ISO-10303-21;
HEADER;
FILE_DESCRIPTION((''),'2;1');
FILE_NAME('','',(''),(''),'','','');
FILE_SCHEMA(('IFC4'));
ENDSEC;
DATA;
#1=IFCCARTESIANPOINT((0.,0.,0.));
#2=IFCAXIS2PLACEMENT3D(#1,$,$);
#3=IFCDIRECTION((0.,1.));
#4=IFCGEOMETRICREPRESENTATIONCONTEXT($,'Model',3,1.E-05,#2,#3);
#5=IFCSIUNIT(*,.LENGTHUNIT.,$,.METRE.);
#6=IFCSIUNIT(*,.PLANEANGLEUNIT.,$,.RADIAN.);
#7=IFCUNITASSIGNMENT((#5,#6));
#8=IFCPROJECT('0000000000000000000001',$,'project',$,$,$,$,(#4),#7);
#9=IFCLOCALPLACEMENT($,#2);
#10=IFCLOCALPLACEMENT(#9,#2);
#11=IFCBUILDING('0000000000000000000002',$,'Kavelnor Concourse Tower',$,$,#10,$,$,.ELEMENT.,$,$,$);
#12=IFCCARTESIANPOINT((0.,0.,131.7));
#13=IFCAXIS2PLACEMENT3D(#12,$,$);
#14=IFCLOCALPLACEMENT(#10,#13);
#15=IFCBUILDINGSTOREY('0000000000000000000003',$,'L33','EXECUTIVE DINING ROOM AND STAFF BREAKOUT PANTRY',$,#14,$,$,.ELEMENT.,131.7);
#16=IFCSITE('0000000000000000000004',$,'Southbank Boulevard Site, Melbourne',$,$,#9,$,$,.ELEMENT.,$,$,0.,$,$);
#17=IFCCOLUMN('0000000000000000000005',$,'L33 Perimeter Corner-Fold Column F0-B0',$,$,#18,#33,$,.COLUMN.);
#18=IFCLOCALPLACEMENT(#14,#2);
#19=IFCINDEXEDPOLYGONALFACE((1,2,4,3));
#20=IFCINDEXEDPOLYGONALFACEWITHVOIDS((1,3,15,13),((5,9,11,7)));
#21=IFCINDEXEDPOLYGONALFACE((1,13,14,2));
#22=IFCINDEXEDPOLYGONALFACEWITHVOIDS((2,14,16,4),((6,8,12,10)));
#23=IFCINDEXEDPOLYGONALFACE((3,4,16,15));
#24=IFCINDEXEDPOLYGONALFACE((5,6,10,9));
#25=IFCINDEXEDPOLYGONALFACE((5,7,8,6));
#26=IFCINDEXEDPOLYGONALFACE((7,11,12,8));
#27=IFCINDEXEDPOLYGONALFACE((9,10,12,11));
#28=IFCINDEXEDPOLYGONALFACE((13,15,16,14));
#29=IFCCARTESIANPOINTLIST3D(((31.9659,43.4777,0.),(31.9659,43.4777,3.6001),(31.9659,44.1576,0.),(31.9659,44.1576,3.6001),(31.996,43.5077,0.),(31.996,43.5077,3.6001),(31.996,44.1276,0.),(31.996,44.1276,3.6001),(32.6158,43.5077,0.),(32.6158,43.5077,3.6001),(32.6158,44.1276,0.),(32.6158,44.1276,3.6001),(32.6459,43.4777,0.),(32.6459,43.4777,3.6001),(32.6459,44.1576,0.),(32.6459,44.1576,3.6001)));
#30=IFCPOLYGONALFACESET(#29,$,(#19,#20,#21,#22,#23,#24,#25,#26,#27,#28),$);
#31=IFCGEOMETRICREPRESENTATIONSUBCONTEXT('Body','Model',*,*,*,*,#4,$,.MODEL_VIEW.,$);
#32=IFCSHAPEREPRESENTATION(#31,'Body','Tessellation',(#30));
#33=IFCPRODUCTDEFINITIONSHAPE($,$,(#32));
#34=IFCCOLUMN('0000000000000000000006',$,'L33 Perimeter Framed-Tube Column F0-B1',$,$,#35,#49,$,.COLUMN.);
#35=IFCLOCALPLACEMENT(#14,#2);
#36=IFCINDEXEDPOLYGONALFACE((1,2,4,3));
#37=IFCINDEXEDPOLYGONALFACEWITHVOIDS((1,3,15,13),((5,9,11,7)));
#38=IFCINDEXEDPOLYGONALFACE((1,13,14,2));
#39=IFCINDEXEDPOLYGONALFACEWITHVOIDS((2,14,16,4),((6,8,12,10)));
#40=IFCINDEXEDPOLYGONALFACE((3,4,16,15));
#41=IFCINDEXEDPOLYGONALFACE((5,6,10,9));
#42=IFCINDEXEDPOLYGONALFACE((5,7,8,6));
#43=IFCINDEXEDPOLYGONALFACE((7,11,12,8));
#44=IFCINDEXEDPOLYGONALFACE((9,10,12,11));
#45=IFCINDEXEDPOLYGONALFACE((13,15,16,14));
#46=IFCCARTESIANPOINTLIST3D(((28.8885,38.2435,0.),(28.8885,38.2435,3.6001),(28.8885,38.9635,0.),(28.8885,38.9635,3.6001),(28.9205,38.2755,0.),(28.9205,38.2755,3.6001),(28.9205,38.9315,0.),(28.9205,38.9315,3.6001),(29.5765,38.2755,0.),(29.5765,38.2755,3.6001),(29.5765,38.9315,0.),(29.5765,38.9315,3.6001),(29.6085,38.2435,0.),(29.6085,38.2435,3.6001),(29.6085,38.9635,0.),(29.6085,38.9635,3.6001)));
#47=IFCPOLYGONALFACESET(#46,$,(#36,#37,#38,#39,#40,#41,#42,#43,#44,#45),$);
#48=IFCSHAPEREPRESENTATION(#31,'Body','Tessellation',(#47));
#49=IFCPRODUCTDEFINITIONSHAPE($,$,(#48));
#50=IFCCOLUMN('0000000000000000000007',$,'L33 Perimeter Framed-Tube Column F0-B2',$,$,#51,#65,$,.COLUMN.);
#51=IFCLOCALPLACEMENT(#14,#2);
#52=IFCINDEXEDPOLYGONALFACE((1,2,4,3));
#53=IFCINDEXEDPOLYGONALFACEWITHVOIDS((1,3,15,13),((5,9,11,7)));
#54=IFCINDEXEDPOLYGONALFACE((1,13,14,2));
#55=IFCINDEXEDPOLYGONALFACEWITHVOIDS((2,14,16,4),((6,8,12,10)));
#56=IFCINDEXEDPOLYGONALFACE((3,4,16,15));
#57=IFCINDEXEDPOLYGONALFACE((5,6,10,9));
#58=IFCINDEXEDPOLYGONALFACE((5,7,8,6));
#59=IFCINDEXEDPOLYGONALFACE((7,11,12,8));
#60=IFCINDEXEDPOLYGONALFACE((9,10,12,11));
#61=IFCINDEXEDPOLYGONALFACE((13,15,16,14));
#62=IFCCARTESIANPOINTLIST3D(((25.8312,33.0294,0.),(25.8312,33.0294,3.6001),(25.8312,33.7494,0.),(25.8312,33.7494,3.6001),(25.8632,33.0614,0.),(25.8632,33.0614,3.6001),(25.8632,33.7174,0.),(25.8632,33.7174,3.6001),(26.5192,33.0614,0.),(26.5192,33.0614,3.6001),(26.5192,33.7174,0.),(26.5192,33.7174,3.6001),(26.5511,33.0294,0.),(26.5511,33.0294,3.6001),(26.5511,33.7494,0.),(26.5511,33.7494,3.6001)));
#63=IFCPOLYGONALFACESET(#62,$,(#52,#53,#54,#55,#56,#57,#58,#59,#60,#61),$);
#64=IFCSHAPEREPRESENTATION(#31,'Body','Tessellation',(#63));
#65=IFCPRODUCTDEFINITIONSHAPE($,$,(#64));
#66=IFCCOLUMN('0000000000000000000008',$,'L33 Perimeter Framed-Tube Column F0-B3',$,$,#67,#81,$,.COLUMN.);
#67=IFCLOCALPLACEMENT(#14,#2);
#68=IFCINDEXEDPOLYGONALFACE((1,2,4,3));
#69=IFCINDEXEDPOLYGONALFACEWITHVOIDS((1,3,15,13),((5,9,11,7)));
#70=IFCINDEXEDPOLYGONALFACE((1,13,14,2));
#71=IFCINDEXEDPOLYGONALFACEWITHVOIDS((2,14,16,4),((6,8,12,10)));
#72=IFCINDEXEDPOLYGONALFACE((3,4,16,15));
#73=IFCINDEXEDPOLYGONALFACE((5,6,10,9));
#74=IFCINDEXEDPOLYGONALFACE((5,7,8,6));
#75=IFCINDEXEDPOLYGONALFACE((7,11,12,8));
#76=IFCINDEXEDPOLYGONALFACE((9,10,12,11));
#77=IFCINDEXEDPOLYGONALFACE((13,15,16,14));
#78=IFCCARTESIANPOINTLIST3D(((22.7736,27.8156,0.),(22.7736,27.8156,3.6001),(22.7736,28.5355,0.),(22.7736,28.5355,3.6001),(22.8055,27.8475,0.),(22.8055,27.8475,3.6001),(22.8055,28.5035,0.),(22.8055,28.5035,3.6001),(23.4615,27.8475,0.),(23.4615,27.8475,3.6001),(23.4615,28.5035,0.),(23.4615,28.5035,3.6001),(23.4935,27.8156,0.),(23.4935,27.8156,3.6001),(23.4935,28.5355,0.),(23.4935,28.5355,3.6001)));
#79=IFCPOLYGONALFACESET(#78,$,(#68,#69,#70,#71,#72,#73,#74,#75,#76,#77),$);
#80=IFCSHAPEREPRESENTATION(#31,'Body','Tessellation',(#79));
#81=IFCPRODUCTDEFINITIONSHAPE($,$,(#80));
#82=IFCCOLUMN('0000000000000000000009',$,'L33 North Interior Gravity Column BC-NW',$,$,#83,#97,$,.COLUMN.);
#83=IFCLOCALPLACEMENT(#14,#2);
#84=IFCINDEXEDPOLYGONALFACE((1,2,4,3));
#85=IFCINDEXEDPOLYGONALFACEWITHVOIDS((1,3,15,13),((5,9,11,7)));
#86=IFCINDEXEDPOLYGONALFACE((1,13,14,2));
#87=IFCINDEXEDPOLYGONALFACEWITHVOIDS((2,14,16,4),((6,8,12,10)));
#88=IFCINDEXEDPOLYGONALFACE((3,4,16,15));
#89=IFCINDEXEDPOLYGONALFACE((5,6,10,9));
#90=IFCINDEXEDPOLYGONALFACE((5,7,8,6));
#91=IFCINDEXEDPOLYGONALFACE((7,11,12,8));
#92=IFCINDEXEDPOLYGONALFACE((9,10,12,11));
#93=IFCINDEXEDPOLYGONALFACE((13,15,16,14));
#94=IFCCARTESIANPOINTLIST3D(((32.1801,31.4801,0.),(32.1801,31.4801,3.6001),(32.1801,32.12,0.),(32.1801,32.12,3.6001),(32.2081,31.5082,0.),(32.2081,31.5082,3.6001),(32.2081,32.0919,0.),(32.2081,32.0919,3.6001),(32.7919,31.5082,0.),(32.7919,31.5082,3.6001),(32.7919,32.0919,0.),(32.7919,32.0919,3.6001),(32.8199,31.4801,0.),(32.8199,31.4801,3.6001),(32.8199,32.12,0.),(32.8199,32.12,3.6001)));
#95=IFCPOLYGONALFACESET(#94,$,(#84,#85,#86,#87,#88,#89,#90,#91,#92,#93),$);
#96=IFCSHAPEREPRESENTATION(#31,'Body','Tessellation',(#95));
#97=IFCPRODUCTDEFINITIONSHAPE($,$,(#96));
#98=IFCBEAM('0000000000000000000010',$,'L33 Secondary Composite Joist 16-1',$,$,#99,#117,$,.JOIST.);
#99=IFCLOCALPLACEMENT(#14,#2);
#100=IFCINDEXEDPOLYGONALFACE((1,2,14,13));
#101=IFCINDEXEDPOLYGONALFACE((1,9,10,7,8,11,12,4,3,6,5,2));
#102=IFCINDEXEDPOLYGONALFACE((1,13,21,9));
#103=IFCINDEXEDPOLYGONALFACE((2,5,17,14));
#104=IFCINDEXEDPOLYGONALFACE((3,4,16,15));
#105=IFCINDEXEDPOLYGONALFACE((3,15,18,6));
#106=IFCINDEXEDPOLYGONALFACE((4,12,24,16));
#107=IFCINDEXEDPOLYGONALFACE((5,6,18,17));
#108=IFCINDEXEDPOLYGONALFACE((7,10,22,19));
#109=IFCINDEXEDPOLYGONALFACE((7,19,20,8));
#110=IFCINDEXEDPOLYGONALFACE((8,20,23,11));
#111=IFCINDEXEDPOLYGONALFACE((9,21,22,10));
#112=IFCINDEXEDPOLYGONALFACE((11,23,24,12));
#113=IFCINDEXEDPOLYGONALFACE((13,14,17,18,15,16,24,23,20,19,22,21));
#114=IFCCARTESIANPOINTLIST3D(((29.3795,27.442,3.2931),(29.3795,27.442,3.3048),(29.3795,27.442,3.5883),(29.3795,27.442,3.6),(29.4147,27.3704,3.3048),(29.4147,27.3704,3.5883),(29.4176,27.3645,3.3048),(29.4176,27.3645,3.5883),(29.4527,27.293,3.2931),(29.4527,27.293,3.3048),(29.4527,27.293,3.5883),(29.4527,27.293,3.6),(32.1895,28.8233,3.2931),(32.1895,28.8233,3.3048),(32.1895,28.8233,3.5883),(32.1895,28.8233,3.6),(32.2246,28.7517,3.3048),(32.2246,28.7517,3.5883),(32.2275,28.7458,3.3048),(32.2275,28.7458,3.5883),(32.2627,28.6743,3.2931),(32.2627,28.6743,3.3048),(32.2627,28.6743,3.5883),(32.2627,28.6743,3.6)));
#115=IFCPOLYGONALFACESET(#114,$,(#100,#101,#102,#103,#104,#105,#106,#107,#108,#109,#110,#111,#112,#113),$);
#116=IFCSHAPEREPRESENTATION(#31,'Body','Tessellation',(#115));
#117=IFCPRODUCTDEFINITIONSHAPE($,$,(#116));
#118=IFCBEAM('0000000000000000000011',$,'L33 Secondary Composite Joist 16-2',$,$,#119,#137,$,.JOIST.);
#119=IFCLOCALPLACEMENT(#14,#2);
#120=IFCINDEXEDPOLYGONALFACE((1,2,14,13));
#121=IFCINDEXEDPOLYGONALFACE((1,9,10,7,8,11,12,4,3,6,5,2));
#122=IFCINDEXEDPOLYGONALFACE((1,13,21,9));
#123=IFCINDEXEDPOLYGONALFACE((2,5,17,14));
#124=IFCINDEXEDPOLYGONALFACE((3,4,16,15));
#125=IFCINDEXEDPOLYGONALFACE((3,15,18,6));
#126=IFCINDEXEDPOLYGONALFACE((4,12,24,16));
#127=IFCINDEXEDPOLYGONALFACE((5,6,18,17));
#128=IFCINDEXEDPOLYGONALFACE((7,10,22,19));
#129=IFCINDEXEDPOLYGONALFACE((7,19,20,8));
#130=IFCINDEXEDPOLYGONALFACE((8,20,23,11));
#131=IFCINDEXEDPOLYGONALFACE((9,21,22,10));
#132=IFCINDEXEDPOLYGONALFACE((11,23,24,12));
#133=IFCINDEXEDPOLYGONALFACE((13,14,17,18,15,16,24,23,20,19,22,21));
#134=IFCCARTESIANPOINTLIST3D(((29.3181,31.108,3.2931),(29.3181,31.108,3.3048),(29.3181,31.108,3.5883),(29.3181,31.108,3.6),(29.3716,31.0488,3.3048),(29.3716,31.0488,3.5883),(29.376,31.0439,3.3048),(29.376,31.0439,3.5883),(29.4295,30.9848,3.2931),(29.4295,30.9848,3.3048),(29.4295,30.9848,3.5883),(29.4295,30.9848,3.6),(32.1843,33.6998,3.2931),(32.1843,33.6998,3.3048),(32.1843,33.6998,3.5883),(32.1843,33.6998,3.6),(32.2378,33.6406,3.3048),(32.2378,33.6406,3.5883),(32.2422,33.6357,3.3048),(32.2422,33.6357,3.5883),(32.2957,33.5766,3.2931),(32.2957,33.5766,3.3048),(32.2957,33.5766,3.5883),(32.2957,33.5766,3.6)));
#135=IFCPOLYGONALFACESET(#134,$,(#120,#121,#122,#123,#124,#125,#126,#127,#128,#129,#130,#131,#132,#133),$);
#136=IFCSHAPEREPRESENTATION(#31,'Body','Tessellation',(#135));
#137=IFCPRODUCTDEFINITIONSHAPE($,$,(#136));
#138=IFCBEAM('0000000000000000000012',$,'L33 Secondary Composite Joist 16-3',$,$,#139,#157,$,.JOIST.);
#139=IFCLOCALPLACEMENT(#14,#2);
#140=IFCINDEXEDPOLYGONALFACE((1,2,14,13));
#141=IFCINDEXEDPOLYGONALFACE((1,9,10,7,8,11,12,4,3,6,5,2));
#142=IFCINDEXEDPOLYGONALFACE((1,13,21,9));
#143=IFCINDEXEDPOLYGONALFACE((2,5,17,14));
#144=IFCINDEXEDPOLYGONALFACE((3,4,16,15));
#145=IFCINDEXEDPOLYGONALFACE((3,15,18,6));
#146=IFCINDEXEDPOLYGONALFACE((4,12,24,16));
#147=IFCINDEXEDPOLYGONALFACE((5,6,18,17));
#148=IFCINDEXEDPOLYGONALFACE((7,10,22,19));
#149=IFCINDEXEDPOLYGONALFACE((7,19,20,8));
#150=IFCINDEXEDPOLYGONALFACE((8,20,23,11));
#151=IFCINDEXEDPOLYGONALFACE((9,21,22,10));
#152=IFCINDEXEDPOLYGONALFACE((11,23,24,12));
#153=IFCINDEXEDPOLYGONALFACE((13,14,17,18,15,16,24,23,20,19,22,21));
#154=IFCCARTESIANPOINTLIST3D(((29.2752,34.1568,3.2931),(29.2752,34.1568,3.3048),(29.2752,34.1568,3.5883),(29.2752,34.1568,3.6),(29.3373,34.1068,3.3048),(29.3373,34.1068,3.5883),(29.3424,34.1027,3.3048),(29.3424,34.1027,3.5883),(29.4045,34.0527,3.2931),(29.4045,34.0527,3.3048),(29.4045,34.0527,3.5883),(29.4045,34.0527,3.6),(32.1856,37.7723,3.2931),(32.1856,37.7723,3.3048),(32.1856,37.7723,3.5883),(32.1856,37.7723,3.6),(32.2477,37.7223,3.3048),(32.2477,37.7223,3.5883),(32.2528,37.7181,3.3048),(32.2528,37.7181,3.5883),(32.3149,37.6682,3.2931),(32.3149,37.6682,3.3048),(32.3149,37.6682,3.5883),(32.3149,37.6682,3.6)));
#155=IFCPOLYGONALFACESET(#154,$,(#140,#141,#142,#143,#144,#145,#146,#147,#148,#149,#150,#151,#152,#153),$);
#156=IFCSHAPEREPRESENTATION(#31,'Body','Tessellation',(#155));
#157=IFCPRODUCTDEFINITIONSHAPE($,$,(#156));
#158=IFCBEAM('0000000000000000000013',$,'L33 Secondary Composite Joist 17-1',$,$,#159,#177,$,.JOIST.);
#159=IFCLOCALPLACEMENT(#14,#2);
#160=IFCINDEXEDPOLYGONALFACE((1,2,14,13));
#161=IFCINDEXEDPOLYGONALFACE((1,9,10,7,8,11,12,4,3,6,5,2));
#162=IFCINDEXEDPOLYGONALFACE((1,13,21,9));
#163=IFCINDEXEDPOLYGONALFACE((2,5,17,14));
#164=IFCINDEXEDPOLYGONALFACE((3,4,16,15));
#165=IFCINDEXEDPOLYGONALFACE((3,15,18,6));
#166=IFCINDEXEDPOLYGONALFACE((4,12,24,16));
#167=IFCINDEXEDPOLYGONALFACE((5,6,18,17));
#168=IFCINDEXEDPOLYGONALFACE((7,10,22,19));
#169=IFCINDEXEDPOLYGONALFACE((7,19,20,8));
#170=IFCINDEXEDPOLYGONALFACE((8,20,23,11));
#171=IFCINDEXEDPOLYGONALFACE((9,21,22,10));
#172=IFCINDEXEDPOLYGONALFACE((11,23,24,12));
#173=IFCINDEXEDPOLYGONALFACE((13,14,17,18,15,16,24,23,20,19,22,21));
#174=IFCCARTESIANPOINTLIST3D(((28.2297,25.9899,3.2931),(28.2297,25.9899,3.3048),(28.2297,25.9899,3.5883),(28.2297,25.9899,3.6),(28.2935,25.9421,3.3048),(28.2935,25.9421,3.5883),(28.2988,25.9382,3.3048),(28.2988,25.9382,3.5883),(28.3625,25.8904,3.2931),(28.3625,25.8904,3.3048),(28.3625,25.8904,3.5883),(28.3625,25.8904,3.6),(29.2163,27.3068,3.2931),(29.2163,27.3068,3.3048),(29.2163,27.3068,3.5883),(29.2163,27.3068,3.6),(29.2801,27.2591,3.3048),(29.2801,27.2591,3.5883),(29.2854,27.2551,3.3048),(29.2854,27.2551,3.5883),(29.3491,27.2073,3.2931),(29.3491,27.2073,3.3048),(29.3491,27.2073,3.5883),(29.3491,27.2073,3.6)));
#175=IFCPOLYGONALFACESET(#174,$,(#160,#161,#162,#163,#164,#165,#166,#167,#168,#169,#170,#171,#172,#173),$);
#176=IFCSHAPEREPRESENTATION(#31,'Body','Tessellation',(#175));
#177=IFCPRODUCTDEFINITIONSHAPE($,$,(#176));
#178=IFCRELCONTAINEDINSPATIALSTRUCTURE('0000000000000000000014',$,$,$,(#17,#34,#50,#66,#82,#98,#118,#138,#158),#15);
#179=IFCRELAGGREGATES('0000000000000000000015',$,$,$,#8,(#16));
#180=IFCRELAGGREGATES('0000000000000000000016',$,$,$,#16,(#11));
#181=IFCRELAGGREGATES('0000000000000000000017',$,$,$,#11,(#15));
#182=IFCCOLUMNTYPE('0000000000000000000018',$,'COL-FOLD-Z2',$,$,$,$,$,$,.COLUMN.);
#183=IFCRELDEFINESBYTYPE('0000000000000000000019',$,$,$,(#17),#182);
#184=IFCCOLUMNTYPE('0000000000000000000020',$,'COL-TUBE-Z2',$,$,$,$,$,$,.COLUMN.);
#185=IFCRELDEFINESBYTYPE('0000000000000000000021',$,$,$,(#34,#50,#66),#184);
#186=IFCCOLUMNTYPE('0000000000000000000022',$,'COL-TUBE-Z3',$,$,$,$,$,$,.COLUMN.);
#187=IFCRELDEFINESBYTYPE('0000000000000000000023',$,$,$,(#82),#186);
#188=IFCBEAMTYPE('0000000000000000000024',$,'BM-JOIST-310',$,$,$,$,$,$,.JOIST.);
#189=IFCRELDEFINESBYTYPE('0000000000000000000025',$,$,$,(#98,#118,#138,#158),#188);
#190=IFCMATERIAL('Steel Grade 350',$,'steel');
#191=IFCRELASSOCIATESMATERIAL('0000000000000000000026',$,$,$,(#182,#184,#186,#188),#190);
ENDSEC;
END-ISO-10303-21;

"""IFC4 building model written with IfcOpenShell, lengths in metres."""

from ifc_helpers import new_model, si_unit, direction, frame, origin, origin_2d, place, context, subcontext, project, spatial, hollow_rectangle, i_section, extrude, material, material_profile, profile_set, type_object, element, save


model = new_model("IFC4")

# Units and contexts
model_context = context("Model", 3, precision=1e-05, world=origin(), true_north=direction((0.0, 1.0)))
body_context = subcontext(model_context, "Body", "Model", "MODEL_VIEW")
ifc_project = project(units=[si_unit("LENGTHUNIT", "METRE"), si_unit("PLANEANGLEUNIT", "RADIAN")], contexts=[model_context])

# Site, building, storey
site_placement = place(None, origin())
site = spatial("IfcSite", under=ifc_project, at=site_placement, Name="Southbank Boulevard Site, Melbourne", CompositionType="ELEMENT", RefElevation=0.0)
building_placement = place(site_placement, origin())
building = spatial("IfcBuilding", under=site, at=building_placement, Name="Kavelnor Concourse Tower", CompositionType="ELEMENT")
storey_placement = place(building_placement, frame((0.0, 0.0, 131.7)))
storey = spatial("IfcBuildingStorey", under=building, at=storey_placement, Name="L33", Description="EXECUTIVE DINING ROOM AND STAFF BREAKOUT PANTRY", CompositionType="ELEMENT", Elevation=131.7)

# Columns
ifc_material_1 = material(Name="Steel Grade 350", Category="steel")
ifc_material_profile_1 = material_profile(ifc_material_1, hollow_rectangle(XDim=0.6799, YDim=0.6799, WallThickness=0.03, at=origin_2d()), Name="SHS 680x680x30")
ifc_profile_set_1 = profile_set([ifc_material_profile_1], Name="Steel Grade 350")
column_type_1 = type_object("IfcColumnType", Name="COL-FOLD-Z2", PredefinedType="COLUMN", material=ifc_profile_set_1)
column_1_placement = place(storey_placement, frame((32.3059, 43.8176, 0.0), z_axis=(0.0, 0.0, 1.0), x_axis=(1.0, 0.0, 0.0)))
element("IfcColumn", 1, at=column_1_placement, inside=storey, type_object=column_type_1, Name="L33 Perimeter Corner-Fold Column F0-B0", PredefinedType="COLUMN", context=body_context, shape_type="SweptSolid", body=[
    extrude(hollow_rectangle(XDim=0.6799, YDim=0.6799, WallThickness=0.03, at=origin_2d()), origin(), (0.0, 0.0, 1.0), 3.6001),
])
ifc_material_profile_2 = material_profile(ifc_material_1, hollow_rectangle(XDim=0.72, YDim=0.72, WallThickness=0.032, at=origin_2d()), Name="SHS 720x720x32")
ifc_profile_set_2 = profile_set([ifc_material_profile_2], Name="Steel Grade 350")
column_type_2 = type_object("IfcColumnType", Name="COL-TUBE-Z2", PredefinedType="COLUMN", material=ifc_profile_set_2)
for number, where, z_axis, x_axis, name in (
    (2, (29.2485, 38.6035, 0.0), (0.0, 0.0, 1.0), (1.0, 0.0, 0.0), "L33 Perimeter Framed-Tube Column F0-B1"),
    (3, (26.1912, 33.3894, 0.0), (0.0, 0.0, 1.0), (1.0, 0.0, 0.0), "L33 Perimeter Framed-Tube Column F0-B2"),
    (4, (23.1335, 28.1755, 0.0), (0.0, 0.0, 1.0), (1.0, 0.0, 0.0), "L33 Perimeter Framed-Tube Column F0-B3"),
):
    element("IfcColumn", number, at=place(storey_placement, frame(where, z_axis=z_axis, x_axis=x_axis)), inside=storey, type_object=column_type_2, Name=name, PredefinedType="COLUMN", context=body_context, shape_type="SweptSolid", body=[
        extrude(hollow_rectangle(XDim=0.72, YDim=0.72, WallThickness=0.032, at=origin_2d()), origin(), (0.0, 0.0, 1.0), 3.6001),
    ])
ifc_material_profile_3 = material_profile(ifc_material_1, hollow_rectangle(XDim=0.6399, YDim=0.6399, WallThickness=0.0281, at=origin_2d()), Name="SHS 640x640x28")
ifc_profile_set_3 = profile_set([ifc_material_profile_3], Name="Steel Grade 350")
column_type_3 = type_object("IfcColumnType", Name="COL-TUBE-Z3", PredefinedType="COLUMN", material=ifc_profile_set_3)
column_2_placement = place(storey_placement, frame((32.5, 31.8, 0.0), z_axis=(0.0, 0.0, 1.0), x_axis=(1.0, 0.0, 0.0)))
element("IfcColumn", 5, at=column_2_placement, inside=storey, type_object=column_type_3, Name="L33 North Interior Gravity Column BC-NW", PredefinedType="COLUMN", context=body_context, shape_type="SweptSolid", body=[
    extrude(hollow_rectangle(XDim=0.6399, YDim=0.6399, WallThickness=0.0281, at=origin_2d()), origin(), (0.0, 0.0, 1.0), 3.6001),
])

# Beams
ifc_material_profile_4 = material_profile(ifc_material_1, i_section(OverallWidth=0.166, OverallDepth=0.3069, WebThickness=0.0066, FlangeThickness=0.0117, at=origin_2d()), Name="310UB46")
ifc_profile_set_4 = profile_set([ifc_material_profile_4], Name="Steel Grade 350")
beam_type_1 = type_object("IfcBeamType", Name="BM-JOIST-310", PredefinedType="JOIST", material=ifc_profile_set_4)
beam_1_placement = place(storey_placement, frame((32.2261, 28.7488, 3.4465), z_axis=(-0.897432, -0.441153, 0.0), x_axis=(0.441153, -0.897432, 0.0)))
element("IfcBeam", 6, at=beam_1_placement, inside=storey, type_object=beam_type_1, Name="L33 Secondary Composite Joist 16-1", PredefinedType="JOIST", context=body_context, shape_type="SweptSolid", body=[
    extrude(i_section(OverallWidth=0.166, OverallDepth=0.3069, WebThickness=0.0066, FlangeThickness=0.0117, at=origin_2d()), origin(), (0.0, 0.0, 1.0), 3.1311),
])
beam_2_placement = place(storey_placement, frame((32.24, 33.6382, 3.4465), z_axis=(-0.741721, -0.670708, 0.0), x_axis=(0.670708, -0.741721, 0.0)))
element("IfcBeam", 7, at=beam_2_placement, inside=storey, type_object=beam_type_1, Name="L33 Secondary Composite Joist 16-2", PredefinedType="JOIST", context=body_context, shape_type="SweptSolid", body=[
    extrude(i_section(OverallWidth=0.166, OverallDepth=0.3069, WebThickness=0.0066, FlangeThickness=0.0117, at=origin_2d()), origin(), (0.0, 0.0, 1.0), 3.8643),
])
beam_3_placement = place(storey_placement, frame((32.2502, 37.7202, 3.4465), z_axis=(-0.627059, -0.778972, 0.0), x_axis=(0.778972, -0.627059, 0.0)))
element("IfcBeam", 8, at=beam_3_placement, inside=storey, type_object=beam_type_1, Name="L33 Secondary Composite Joist 16-3", PredefinedType="JOIST", context=body_context, shape_type="SweptSolid", body=[
    extrude(i_section(OverallWidth=0.166, OverallDepth=0.3069, WebThickness=0.0066, FlangeThickness=0.0117, at=origin_2d()), origin(), (0.0, 0.0, 1.0), 4.6414),
])
beam_4_placement = place(storey_placement, frame((29.2827, 27.2571, 3.4465), z_axis=(-0.599573, -0.80032, 0.0), x_axis=(0.80032, -0.599573, 0.0)))
element("IfcBeam", 9, at=beam_4_placement, inside=storey, type_object=beam_type_1, Name="L33 Secondary Composite Joist 17-1", PredefinedType="JOIST", context=body_context, shape_type="SweptSolid", body=[
    extrude(i_section(OverallWidth=0.166, OverallDepth=0.3069, WebThickness=0.0066, FlangeThickness=0.0117, at=origin_2d()), origin(), (0.0, 0.0, 1.0), 1.6455),
])

save(model, "model.ifc")
